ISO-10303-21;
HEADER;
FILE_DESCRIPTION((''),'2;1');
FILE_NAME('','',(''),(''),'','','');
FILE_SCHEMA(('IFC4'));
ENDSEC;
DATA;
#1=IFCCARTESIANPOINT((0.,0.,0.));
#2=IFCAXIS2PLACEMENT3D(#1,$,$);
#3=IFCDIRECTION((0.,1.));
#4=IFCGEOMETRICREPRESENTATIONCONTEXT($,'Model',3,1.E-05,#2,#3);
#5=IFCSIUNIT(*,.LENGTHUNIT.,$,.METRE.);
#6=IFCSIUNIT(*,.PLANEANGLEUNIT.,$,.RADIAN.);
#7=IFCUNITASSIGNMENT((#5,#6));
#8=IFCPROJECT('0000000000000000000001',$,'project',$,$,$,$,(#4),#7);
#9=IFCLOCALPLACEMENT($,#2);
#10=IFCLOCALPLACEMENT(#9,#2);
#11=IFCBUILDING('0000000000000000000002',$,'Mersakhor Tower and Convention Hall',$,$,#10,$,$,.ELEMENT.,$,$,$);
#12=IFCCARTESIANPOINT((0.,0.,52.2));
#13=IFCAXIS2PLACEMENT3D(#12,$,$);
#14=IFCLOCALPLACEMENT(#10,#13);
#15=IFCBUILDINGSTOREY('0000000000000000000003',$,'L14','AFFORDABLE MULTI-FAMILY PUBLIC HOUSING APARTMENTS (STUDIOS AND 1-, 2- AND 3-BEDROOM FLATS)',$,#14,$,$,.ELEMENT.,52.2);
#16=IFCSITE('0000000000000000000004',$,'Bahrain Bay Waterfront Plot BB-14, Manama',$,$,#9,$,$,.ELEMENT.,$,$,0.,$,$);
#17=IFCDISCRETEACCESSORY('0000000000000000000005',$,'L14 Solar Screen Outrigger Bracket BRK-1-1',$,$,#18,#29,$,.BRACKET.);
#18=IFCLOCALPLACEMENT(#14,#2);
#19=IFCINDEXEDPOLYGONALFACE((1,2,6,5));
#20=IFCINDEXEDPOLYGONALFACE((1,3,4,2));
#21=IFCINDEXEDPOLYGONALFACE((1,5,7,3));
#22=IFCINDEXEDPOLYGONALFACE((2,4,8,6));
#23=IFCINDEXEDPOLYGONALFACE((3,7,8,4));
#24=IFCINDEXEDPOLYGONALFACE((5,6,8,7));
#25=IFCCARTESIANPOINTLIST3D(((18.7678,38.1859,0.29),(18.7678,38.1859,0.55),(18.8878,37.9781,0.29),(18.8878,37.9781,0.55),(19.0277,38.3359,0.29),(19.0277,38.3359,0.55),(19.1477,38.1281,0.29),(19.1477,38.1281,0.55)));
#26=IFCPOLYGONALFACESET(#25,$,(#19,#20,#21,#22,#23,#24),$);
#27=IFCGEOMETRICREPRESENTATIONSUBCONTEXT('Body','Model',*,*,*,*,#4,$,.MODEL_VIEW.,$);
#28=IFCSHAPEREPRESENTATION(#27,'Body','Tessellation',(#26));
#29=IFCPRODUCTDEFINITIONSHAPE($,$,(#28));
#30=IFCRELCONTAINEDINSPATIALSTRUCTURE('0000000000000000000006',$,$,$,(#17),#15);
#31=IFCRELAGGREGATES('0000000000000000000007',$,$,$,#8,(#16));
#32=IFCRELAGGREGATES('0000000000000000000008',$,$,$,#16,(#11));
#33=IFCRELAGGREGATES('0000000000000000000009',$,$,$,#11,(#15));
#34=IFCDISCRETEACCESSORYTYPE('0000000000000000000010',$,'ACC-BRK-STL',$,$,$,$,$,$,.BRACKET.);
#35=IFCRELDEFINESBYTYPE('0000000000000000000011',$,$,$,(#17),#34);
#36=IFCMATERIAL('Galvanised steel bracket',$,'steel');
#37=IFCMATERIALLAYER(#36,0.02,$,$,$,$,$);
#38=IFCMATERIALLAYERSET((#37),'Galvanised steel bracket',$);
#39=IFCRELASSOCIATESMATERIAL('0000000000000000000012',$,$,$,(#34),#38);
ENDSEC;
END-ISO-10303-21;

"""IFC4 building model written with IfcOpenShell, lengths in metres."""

from ifc_helpers import new_model, si_unit, direction, frame, origin, origin_2d, place, context, subcontext, project, spatial, rectangle, extrude, material, layer, layer_set, type_object, element, save


model = new_model("IFC4")

# Units and contexts
model_context = context("Model", 3, precision=1e-05, world=origin(), true_north=direction((0.0, 1.0)))
body_context = subcontext(model_context, "Body", "Model", "MODEL_VIEW")
ifc_project = project(units=[si_unit("LENGTHUNIT", "METRE"), si_unit("PLANEANGLEUNIT", "RADIAN")], contexts=[model_context])

# Site, building, storey
site_placement = place(None, origin())
site = spatial("IfcSite", under=ifc_project, at=site_placement, Name="Bahrain Bay Waterfront Plot BB-14, Manama", CompositionType="ELEMENT", RefElevation=0.0)
building_placement = place(site_placement, origin())
building = spatial("IfcBuilding", under=site, at=building_placement, Name="Mersakhor Tower and Convention Hall", CompositionType="ELEMENT")
storey_placement = place(building_placement, frame((0.0, 0.0, 52.2)))
storey = spatial("IfcBuildingStorey", under=building, at=storey_placement, Name="L14", Description="AFFORDABLE MULTI-FAMILY PUBLIC HOUSING APARTMENTS (STUDIOS AND 1-, 2- AND 3-BEDROOM FLATS)", CompositionType="ELEMENT", Elevation=52.2)

# Discrete accessory
ifc_material_1 = material(Name="Galvanised steel bracket", Category="steel")
ifc_layer_1 = layer(ifc_material_1, 0.02)
ifc_layer_set_1 = layer_set([ifc_layer_1], Name="Galvanised steel bracket")
discrete_accessory_type = type_object("IfcDiscreteAccessoryType", Name="ACC-BRK-STL", PredefinedType="BRACKET", material=ifc_layer_set_1)
discrete_accessory_placement = place(storey_placement, frame((18.9578, 38.157, 0.29), z_axis=(0.0, 0.0, 1.0), x_axis=(0.866025, 0.5, 0.0)))
element("IfcDiscreteAccessory", 1, at=discrete_accessory_placement, inside=storey, type_object=discrete_accessory_type, Name="L14 Solar Screen Outrigger Bracket BRK-1-1", PredefinedType="BRACKET", context=body_context, shape_type="SweptSolid", body=[
    extrude(rectangle(XDim=0.3, YDim=0.24, at=origin_2d()), origin(), (0.0, 0.0, 1.0), 0.26),
])

save(model, "model.ifc")
